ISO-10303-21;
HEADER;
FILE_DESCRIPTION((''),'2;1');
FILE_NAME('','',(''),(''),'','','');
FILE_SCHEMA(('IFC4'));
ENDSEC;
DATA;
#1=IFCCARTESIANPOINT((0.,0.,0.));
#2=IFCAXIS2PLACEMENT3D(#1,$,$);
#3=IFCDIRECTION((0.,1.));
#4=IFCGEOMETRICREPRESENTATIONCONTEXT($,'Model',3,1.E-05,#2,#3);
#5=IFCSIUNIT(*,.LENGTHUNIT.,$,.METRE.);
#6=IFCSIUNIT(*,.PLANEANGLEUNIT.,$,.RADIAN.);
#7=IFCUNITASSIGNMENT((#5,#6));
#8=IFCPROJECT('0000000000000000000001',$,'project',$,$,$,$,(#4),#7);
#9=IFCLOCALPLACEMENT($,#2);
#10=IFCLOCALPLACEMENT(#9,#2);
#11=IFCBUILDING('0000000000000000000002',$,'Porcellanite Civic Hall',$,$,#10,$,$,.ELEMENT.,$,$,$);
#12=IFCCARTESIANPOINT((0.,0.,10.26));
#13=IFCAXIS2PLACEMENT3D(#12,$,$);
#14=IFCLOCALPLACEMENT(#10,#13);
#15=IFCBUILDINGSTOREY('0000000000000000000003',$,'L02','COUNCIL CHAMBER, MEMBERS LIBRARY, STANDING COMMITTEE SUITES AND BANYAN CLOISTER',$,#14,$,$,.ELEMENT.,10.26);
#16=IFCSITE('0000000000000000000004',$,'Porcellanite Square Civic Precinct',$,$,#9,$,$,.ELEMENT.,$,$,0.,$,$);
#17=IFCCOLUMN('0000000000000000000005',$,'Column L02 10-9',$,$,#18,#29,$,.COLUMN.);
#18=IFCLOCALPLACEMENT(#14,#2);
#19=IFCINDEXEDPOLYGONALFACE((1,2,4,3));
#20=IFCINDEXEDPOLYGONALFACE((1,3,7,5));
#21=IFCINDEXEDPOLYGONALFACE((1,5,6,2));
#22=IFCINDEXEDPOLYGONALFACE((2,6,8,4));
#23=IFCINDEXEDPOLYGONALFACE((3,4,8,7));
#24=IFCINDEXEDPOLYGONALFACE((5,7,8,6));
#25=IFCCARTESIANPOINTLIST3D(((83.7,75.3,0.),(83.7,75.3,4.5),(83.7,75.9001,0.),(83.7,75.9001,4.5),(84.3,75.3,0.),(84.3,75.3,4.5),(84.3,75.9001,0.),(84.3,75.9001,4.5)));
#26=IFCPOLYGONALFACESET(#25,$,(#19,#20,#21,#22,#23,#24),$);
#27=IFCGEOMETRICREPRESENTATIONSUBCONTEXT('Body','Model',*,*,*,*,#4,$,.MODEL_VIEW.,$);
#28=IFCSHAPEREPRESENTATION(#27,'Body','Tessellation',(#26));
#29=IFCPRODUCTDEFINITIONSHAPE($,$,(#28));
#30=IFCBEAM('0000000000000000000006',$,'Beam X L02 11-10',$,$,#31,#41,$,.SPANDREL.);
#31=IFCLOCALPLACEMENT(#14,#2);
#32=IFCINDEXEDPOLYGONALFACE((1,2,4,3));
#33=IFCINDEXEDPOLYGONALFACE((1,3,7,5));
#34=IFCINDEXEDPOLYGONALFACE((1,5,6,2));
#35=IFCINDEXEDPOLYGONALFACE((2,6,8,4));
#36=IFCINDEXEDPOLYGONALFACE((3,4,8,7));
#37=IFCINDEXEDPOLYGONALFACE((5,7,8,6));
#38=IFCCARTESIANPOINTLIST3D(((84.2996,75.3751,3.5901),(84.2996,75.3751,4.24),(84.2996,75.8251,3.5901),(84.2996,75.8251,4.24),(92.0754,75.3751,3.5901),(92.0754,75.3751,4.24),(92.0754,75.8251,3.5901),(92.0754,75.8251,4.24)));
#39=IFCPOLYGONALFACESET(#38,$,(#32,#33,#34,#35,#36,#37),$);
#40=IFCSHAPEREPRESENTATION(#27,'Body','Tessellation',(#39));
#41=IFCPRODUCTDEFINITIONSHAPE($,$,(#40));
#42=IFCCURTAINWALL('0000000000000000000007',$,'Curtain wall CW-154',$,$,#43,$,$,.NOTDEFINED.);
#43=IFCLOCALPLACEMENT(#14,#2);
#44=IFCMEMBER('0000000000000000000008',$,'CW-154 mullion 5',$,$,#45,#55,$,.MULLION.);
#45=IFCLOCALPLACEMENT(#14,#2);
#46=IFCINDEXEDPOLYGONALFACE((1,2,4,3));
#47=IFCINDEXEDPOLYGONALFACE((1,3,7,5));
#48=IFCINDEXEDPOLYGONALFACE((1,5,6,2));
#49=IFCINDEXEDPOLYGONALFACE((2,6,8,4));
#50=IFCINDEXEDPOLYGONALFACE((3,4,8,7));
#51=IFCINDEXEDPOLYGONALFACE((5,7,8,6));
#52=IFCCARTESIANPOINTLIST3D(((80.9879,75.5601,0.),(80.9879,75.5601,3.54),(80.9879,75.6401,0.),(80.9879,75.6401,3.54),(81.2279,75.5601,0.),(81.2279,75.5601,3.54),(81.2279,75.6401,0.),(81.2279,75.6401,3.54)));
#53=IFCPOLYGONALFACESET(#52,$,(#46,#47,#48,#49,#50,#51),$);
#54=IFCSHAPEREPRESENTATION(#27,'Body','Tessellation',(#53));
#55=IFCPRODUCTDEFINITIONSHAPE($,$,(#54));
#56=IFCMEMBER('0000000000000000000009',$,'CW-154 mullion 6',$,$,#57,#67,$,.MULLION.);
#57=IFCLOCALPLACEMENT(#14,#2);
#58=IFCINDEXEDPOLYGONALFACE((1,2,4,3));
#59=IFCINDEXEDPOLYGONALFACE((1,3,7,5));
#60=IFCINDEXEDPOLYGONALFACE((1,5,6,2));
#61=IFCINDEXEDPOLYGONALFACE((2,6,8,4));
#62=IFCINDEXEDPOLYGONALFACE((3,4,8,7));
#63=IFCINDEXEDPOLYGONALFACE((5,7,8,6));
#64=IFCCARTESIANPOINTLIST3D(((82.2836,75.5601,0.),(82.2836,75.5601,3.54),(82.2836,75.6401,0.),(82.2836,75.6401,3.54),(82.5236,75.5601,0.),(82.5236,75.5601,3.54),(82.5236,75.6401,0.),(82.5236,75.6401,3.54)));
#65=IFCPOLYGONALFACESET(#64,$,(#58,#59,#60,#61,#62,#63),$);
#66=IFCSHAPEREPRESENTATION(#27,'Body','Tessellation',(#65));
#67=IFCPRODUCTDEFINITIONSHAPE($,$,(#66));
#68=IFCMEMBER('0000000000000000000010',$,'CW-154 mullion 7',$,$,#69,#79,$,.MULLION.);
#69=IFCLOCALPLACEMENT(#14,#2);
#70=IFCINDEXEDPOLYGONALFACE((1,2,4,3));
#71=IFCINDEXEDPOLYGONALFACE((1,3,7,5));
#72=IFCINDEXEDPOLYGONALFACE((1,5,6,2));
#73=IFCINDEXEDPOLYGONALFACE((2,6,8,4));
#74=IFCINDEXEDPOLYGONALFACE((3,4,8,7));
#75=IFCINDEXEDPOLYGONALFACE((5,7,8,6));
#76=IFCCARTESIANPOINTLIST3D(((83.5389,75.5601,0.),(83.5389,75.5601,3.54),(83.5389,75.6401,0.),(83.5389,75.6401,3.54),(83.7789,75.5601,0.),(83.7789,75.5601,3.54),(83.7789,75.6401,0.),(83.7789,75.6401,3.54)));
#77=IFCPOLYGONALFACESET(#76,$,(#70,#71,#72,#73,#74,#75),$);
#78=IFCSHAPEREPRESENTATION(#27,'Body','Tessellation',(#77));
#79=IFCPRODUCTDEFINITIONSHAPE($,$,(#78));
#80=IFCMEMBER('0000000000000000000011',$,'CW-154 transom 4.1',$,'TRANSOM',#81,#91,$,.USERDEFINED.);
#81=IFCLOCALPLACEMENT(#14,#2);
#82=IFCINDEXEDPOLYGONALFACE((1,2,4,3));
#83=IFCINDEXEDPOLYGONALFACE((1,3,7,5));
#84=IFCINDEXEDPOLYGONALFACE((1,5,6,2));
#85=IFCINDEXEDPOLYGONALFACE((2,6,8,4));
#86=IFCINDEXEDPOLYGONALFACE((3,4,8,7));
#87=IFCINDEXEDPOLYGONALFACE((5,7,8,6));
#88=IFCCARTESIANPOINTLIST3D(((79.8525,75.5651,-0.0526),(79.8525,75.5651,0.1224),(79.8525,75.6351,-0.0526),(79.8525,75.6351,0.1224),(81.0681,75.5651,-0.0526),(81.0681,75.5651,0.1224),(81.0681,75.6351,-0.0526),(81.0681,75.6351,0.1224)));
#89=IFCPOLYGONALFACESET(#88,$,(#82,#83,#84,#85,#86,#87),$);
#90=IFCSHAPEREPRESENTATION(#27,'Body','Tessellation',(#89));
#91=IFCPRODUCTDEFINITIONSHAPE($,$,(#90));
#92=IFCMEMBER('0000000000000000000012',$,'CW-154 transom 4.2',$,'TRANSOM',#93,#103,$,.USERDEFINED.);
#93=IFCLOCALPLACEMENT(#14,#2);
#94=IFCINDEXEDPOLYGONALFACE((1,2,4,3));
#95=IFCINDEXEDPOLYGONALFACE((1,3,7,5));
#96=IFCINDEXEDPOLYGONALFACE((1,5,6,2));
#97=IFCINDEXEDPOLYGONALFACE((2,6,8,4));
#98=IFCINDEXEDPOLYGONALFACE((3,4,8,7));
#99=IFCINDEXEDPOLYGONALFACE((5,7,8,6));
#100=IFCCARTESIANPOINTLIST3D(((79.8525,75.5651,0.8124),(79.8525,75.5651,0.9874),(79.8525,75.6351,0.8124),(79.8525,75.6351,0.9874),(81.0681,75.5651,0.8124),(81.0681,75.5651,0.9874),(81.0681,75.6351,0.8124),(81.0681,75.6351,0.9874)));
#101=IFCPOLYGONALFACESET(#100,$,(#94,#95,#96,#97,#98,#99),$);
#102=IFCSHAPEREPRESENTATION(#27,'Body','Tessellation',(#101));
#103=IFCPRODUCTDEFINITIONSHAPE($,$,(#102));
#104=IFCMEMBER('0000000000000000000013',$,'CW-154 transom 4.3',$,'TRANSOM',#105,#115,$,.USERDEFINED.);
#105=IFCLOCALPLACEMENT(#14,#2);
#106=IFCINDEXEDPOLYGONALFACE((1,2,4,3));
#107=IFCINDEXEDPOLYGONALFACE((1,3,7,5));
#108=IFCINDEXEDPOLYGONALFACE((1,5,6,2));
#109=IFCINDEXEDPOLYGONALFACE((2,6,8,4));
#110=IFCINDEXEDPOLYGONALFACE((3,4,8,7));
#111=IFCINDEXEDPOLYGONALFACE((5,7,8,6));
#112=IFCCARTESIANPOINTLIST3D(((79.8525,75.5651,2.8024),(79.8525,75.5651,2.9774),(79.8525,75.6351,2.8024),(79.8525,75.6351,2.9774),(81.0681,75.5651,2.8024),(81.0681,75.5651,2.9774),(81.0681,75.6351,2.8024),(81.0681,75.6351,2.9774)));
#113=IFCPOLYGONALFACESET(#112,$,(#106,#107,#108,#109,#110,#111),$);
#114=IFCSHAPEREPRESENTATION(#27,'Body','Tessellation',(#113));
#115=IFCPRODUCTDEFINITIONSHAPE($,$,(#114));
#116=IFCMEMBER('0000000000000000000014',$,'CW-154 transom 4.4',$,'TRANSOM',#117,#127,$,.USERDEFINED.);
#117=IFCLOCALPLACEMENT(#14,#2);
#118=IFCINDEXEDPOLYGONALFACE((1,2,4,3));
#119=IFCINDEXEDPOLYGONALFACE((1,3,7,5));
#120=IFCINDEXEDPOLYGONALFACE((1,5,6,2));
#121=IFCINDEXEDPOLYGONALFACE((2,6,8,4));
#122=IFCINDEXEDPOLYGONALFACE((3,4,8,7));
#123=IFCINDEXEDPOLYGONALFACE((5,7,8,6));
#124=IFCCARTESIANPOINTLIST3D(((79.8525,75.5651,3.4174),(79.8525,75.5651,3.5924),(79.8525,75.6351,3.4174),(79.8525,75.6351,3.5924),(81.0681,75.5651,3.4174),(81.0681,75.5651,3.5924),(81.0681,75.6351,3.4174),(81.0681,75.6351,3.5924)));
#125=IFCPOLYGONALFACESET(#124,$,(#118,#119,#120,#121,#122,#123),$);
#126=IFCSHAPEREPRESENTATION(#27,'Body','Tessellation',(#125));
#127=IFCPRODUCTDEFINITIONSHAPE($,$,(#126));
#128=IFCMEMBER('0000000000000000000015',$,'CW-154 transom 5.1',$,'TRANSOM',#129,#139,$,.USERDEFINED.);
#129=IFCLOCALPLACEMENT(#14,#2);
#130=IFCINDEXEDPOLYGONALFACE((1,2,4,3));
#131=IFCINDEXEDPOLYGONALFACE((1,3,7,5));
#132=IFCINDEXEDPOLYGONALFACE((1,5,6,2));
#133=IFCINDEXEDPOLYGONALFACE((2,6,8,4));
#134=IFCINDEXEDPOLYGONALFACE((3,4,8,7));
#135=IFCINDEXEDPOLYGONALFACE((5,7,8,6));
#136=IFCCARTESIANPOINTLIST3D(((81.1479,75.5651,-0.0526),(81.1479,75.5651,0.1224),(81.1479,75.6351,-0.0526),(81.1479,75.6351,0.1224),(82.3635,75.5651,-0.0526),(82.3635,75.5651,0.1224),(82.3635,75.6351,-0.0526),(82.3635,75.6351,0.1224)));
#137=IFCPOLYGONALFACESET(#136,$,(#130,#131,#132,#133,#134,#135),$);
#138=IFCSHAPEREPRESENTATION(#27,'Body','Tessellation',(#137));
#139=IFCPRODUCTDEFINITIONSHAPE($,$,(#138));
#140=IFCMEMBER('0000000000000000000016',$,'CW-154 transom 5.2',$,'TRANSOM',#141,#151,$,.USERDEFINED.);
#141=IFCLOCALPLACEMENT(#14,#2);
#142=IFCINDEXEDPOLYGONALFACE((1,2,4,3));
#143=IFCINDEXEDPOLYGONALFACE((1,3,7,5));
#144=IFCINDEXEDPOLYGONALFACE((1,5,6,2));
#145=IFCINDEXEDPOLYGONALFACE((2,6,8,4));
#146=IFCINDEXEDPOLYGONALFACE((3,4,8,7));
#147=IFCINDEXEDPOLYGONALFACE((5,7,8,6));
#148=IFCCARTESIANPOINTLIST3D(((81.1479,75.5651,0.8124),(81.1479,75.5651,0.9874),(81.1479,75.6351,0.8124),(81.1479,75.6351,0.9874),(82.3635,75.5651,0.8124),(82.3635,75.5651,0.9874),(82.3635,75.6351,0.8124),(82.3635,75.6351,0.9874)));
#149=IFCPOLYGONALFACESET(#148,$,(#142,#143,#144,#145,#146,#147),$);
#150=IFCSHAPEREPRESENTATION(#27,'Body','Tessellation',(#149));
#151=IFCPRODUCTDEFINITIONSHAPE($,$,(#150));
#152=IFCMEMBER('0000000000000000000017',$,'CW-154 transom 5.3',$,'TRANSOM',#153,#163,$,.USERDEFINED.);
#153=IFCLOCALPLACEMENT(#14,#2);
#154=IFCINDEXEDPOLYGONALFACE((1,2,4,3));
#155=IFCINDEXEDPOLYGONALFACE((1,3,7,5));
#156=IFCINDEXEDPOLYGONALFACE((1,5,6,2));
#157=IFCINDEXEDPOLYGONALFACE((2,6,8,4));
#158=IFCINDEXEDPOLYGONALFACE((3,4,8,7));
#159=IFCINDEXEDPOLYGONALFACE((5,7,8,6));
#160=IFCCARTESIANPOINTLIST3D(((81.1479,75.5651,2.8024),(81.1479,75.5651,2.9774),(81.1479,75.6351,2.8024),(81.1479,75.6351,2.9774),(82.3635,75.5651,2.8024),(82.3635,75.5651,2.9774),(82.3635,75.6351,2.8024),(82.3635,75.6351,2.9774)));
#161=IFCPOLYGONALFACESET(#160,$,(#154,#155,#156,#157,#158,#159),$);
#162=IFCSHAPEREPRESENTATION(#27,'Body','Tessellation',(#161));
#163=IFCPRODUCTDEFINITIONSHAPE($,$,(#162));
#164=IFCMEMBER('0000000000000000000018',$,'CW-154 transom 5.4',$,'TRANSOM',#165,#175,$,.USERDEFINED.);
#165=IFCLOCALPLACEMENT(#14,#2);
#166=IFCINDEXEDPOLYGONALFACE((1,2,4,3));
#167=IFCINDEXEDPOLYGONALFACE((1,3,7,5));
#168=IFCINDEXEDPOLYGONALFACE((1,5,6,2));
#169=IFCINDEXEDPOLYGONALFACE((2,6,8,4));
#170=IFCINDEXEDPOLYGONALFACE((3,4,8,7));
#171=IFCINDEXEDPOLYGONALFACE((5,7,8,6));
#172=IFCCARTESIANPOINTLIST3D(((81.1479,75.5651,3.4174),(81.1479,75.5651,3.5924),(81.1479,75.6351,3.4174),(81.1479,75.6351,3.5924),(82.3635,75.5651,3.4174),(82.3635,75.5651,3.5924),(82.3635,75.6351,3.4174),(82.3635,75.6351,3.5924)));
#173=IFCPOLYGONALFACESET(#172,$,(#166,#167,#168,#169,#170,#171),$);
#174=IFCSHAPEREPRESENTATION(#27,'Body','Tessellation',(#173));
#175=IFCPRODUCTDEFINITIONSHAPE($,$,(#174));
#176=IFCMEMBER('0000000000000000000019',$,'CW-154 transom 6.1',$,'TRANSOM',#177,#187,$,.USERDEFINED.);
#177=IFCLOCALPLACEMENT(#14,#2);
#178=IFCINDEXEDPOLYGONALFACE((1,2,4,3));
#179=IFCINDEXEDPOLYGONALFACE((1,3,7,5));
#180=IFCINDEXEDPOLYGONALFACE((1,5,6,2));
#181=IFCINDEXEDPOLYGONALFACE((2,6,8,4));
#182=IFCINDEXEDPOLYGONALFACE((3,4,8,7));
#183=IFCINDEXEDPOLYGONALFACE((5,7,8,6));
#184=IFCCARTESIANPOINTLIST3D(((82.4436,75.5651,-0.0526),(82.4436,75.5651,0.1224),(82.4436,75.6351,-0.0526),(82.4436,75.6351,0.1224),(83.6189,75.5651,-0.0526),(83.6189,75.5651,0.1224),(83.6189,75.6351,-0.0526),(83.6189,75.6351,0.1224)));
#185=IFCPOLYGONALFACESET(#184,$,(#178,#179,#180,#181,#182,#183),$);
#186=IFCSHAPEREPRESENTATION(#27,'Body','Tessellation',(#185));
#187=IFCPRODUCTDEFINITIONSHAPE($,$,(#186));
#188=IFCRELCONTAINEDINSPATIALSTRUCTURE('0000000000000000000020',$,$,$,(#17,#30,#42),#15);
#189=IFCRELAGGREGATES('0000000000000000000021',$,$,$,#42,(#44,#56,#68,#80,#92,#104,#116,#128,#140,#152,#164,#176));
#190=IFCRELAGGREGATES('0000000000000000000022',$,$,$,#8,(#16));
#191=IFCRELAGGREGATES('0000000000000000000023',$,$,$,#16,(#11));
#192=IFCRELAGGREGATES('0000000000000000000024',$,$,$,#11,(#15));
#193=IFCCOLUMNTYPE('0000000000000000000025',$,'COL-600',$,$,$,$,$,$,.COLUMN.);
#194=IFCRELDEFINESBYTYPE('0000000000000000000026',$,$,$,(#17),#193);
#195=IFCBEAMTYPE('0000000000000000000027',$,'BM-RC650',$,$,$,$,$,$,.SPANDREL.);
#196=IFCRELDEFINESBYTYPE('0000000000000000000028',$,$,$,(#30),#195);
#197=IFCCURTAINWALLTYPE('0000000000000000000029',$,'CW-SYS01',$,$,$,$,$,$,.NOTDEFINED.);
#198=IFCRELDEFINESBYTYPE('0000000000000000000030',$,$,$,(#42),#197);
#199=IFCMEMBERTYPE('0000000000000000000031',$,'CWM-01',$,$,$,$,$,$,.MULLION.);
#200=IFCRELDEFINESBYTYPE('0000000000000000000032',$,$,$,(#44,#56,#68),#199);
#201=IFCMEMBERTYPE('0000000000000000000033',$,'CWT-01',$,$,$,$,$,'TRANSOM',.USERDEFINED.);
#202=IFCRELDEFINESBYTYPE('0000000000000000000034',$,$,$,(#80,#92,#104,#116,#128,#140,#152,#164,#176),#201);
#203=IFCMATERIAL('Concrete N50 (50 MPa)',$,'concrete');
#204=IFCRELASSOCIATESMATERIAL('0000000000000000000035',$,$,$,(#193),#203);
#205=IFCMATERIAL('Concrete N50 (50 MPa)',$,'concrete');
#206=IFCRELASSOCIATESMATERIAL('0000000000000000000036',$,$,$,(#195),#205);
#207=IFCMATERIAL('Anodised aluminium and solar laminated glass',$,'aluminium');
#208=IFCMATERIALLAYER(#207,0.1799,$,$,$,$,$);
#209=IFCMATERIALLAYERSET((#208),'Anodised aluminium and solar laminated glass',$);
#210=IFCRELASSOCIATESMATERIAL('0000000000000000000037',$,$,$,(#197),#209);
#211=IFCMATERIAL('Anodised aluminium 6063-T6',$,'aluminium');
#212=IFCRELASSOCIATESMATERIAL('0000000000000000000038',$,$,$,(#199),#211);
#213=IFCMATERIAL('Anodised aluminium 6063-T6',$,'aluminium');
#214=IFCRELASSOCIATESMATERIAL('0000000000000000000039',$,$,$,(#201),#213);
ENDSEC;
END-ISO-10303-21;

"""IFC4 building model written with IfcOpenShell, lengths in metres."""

from ifc_helpers import new_model, si_unit, direction, frame, origin, origin_2d, place, context, subcontext, project, spatial, rectangle, extrude, material, layer, layer_set, material_profile, profile_set, type_object, element, aggregate, save


model = new_model("IFC4")

# Units and contexts
model_context = context("Model", 3, precision=1e-05, world=origin(), true_north=direction((0.0, 1.0)))
body_context = subcontext(model_context, "Body", "Model", "MODEL_VIEW")
ifc_project = project(units=[si_unit("LENGTHUNIT", "METRE"), si_unit("PLANEANGLEUNIT", "RADIAN")], contexts=[model_context])

# Site, building, storey
site_placement = place(None, origin())
site = spatial("IfcSite", under=ifc_project, at=site_placement, Name="Porcellanite Square Civic Precinct", CompositionType="ELEMENT", RefElevation=0.0)
building_placement = place(site_placement, origin())
building = spatial("IfcBuilding", under=site, at=building_placement, Name="Porcellanite Civic Hall", CompositionType="ELEMENT")
storey_placement = place(building_placement, frame((0.0, 0.0, 10.26)))
storey = spatial("IfcBuildingStorey", under=building, at=storey_placement, Name="L02", Description="COUNCIL CHAMBER, MEMBERS LIBRARY, STANDING COMMITTEE SUITES AND BANYAN CLOISTER", CompositionType="ELEMENT", Elevation=10.26)

# Column
ifc_material_1 = material(Name="Concrete N50 (50 MPa)", Category="concrete")
ifc_material_profile_1 = material_profile(ifc_material_1, rectangle(XDim=0.6001, YDim=0.6001, at=origin_2d()), Name="RC-600x600")
ifc_profile_set_1 = profile_set([ifc_material_profile_1], Name="Concrete N50 (50 MPa)")
column_type = type_object("IfcColumnType", Name="COL-600", PredefinedType="COLUMN", material=ifc_profile_set_1)
column_placement = place(storey_placement, frame((84.0, 75.6001, 0.0), z_axis=(0.0, 0.0, 1.0), x_axis=(1.0, 0.0, 0.0)))
element("IfcColumn", 1, at=column_placement, inside=storey, type_object=column_type, Name="Column L02 10-9", PredefinedType="COLUMN", context=body_context, shape_type="SweptSolid", body=[
    extrude(rectangle(XDim=0.6001, YDim=0.6001, at=origin_2d()), origin(), (0.0, 0.0, 1.0), 4.5),
])

# Beam
ifc_material_2 = material(Name="Concrete N50 (50 MPa)", Category="concrete")
ifc_material_profile_2 = material_profile(ifc_material_2, rectangle(XDim=0.45, YDim=0.6499, at=origin_2d()), Name="RC-450x650")
ifc_profile_set_2 = profile_set([ifc_material_profile_2], Name="Concrete N50 (50 MPa)")
beam_type = type_object("IfcBeamType", Name="BM-RC650", PredefinedType="SPANDREL", material=ifc_profile_set_2)
beam_placement = place(storey_placement, frame((84.2996, 75.6001, 3.915), z_axis=(1.0, 0.0, 0.0), x_axis=(0.0, 1.0, 0.0)))
element("IfcBeam", 2, at=beam_placement, inside=storey, type_object=beam_type, Name="Beam X L02 11-10", PredefinedType="SPANDREL", context=body_context, shape_type="SweptSolid", body=[
    extrude(rectangle(XDim=0.45, YDim=0.6499, at=origin_2d()), origin(), (0.0, 0.0, 1.0), 7.7759),
])

# Curtain wall, members
ifc_material_3 = material(Name="Anodised aluminium and solar laminated glass", Category="aluminium")
ifc_layer_1 = layer(ifc_material_3, 0.1799)
ifc_layer_set_1 = layer_set([ifc_layer_1], Name="Anodised aluminium and solar laminated glass")
curtain_wall_type = type_object("IfcCurtainWallType", Name="CW-SYS01", PredefinedType="NOTDEFINED", material=ifc_layer_set_1)
curtain_wall_placement = place(storey_placement, origin())
curtain_wall = element("IfcCurtainWall", 3, at=curtain_wall_placement, inside=storey, type_object=curtain_wall_type, Name="Curtain wall CW-154", PredefinedType="NOTDEFINED")
ifc_material_4 = material(Name="Anodised aluminium 6063-T6", Category="aluminium")
ifc_material_profile_3 = material_profile(ifc_material_4, rectangle(XDim=0.0801, YDim=0.24, at=origin_2d()), Name="AL-80x240")
ifc_profile_set_3 = profile_set([ifc_material_profile_3], Name="Anodised aluminium 6063-T6")
member_type_1 = type_object("IfcMemberType", Name="CWM-01", PredefinedType="MULLION", material=ifc_profile_set_3)
member_1_placement = place(storey_placement, frame((81.1079, 75.6001, 0.0), z_axis=(0.0, 0.0, 1.0), x_axis=(0.0, 1.0, 0.0)))
member_1 = element("IfcMember", 4, at=member_1_placement, type_object=member_type_1, Name="CW-154 mullion 5", PredefinedType="MULLION", context=body_context, shape_type="SweptSolid", body=[
    extrude(rectangle(XDim=0.0801, YDim=0.24, at=origin_2d()), origin(), (0.0, 0.0, 1.0), 3.54),
])
member_2_placement = place(storey_placement, frame((82.4036, 75.6001, 0.0), z_axis=(0.0, 0.0, 1.0), x_axis=(0.0, 1.0, 0.0)))
member_2 = element("IfcMember", 5, at=member_2_placement, type_object=member_type_1, Name="CW-154 mullion 6", PredefinedType="MULLION", context=body_context, shape_type="SweptSolid", body=[
    extrude(rectangle(XDim=0.0801, YDim=0.24, at=origin_2d()), origin(), (0.0, 0.0, 1.0), 3.54),
])
member_3_placement = place(storey_placement, frame((83.6589, 75.6001, 0.0), z_axis=(0.0, 0.0, 1.0), x_axis=(0.0, 1.0, 0.0)))
member_3 = element("IfcMember", 6, at=member_3_placement, type_object=member_type_1, Name="CW-154 mullion 7", PredefinedType="MULLION", context=body_context, shape_type="SweptSolid", body=[
    extrude(rectangle(XDim=0.0801, YDim=0.24, at=origin_2d()), origin(), (0.0, 0.0, 1.0), 3.54),
])
ifc_material_5 = material(Name="Anodised aluminium 6063-T6", Category="aluminium")
ifc_material_profile_4 = material_profile(ifc_material_5, rectangle(XDim=0.0701, YDim=0.175, at=origin_2d()), Name="AL-70x175")
ifc_profile_set_4 = profile_set([ifc_material_profile_4], Name="Anodised aluminium 6063-T6")
member_type_2 = type_object("IfcMemberType", Name="CWT-01", ElementType="TRANSOM", PredefinedType="USERDEFINED", material=ifc_profile_set_4)
member_4_placement = place(storey_placement, frame((79.8525, 75.6001, 0.0349), z_axis=(1.0, 0.0, 0.0), x_axis=(0.0, 1.0, 0.0)))
member_4 = element("IfcMember", 7, at=member_4_placement, type_object=member_type_2, Name="CW-154 transom 4.1", ObjectType="TRANSOM", PredefinedType="USERDEFINED", context=body_context, shape_type="SweptSolid", body=[
    extrude(rectangle(XDim=0.0701, YDim=0.175, at=origin_2d()), origin(), (0.0, 0.0, 1.0), 1.2156),
])
member_5_placement = place(storey_placement, frame((79.8525, 75.6001, 0.8999), z_axis=(1.0, 0.0, 0.0), x_axis=(0.0, 1.0, 0.0)))
member_5 = element("IfcMember", 8, at=member_5_placement, type_object=member_type_2, Name="CW-154 transom 4.2", ObjectType="TRANSOM", PredefinedType="USERDEFINED", context=body_context, shape_type="SweptSolid", body=[
    extrude(rectangle(XDim=0.0701, YDim=0.175, at=origin_2d()), origin(), (0.0, 0.0, 1.0), 1.2156),
])
member_6_placement = place(storey_placement, frame((79.8525, 75.6001, 2.8899), z_axis=(1.0, 0.0, 0.0), x_axis=(0.0, 1.0, 0.0)))
member_6 = element("IfcMember", 9, at=member_6_placement, type_object=member_type_2, Name="CW-154 transom 4.3", ObjectType="TRANSOM", PredefinedType="USERDEFINED", context=body_context, shape_type="SweptSolid", body=[
    extrude(rectangle(XDim=0.0701, YDim=0.175, at=origin_2d()), origin(), (0.0, 0.0, 1.0), 1.2156),
])
member_7_placement = place(storey_placement, frame((79.8525, 75.6001, 3.5049), z_axis=(1.0, 0.0, 0.0), x_axis=(0.0, 1.0, 0.0)))
member_7 = element("IfcMember", 10, at=member_7_placement, type_object=member_type_2, Name="CW-154 transom 4.4", ObjectType="TRANSOM", PredefinedType="USERDEFINED", context=body_context, shape_type="SweptSolid", body=[
    extrude(rectangle(XDim=0.0701, YDim=0.175, at=origin_2d()), origin(), (0.0, 0.0, 1.0), 1.2156),
])
member_8_placement = place(storey_placement, frame((81.1479, 75.6001, 0.0349), z_axis=(1.0, 0.0, 0.0), x_axis=(0.0, 1.0, 0.0)))
member_8 = element("IfcMember", 11, at=member_8_placement, type_object=member_type_2, Name="CW-154 transom 5.1", ObjectType="TRANSOM", PredefinedType="USERDEFINED", context=body_context, shape_type="SweptSolid", body=[
    extrude(rectangle(XDim=0.0701, YDim=0.175, at=origin_2d()), origin(), (0.0, 0.0, 1.0), 1.2156),
])
member_9_placement = place(storey_placement, frame((81.1479, 75.6001, 0.8999), z_axis=(1.0, 0.0, 0.0), x_axis=(0.0, 1.0, 0.0)))
member_9 = element("IfcMember", 12, at=member_9_placement, type_object=member_type_2, Name="CW-154 transom 5.2", ObjectType="TRANSOM", PredefinedType="USERDEFINED", context=body_context, shape_type="SweptSolid", body=[
    extrude(rectangle(XDim=0.0701, YDim=0.175, at=origin_2d()), origin(), (0.0, 0.0, 1.0), 1.2156),
])
member_10_placement = place(storey_placement, frame((81.1479, 75.6001, 2.8899), z_axis=(1.0, 0.0, 0.0), x_axis=(0.0, 1.0, 0.0)))
member_10 = element("IfcMember", 13, at=member_10_placement, type_object=member_type_2, Name="CW-154 transom 5.3", ObjectType="TRANSOM", PredefinedType="USERDEFINED", context=body_context, shape_type="SweptSolid", body=[
    extrude(rectangle(XDim=0.0701, YDim=0.175, at=origin_2d()), origin(), (0.0, 0.0, 1.0), 1.2156),
])
member_11_placement = place(storey_placement, frame((81.1479, 75.6001, 3.5049), z_axis=(1.0, 0.0, 0.0), x_axis=(0.0, 1.0, 0.0)))
member_11 = element("IfcMember", 14, at=member_11_placement, type_object=member_type_2, Name="CW-154 transom 5.4", ObjectType="TRANSOM", PredefinedType="USERDEFINED", context=body_context, shape_type="SweptSolid", body=[
    extrude(rectangle(XDim=0.0701, YDim=0.175, at=origin_2d()), origin(), (0.0, 0.0, 1.0), 1.2156),
])
member_12_placement = place(storey_placement, frame((82.4436, 75.6001, 0.0349), z_axis=(1.0, 0.0, 0.0), x_axis=(0.0, 1.0, 0.0)))
member_12 = element("IfcMember", 15, at=member_12_placement, type_object=member_type_2, Name="CW-154 transom 6.1", ObjectType="TRANSOM", PredefinedType="USERDEFINED", context=body_context, shape_type="SweptSolid", body=[
    extrude(rectangle(XDim=0.0701, YDim=0.175, at=origin_2d()), origin(), (0.0, 0.0, 1.0), 1.1753),
])
aggregate(curtain_wall, [member_1, member_2, member_3, member_4, member_5, member_6, member_7, member_8, member_9, member_10, member_11, member_12])

save(model, "model.ifc")
